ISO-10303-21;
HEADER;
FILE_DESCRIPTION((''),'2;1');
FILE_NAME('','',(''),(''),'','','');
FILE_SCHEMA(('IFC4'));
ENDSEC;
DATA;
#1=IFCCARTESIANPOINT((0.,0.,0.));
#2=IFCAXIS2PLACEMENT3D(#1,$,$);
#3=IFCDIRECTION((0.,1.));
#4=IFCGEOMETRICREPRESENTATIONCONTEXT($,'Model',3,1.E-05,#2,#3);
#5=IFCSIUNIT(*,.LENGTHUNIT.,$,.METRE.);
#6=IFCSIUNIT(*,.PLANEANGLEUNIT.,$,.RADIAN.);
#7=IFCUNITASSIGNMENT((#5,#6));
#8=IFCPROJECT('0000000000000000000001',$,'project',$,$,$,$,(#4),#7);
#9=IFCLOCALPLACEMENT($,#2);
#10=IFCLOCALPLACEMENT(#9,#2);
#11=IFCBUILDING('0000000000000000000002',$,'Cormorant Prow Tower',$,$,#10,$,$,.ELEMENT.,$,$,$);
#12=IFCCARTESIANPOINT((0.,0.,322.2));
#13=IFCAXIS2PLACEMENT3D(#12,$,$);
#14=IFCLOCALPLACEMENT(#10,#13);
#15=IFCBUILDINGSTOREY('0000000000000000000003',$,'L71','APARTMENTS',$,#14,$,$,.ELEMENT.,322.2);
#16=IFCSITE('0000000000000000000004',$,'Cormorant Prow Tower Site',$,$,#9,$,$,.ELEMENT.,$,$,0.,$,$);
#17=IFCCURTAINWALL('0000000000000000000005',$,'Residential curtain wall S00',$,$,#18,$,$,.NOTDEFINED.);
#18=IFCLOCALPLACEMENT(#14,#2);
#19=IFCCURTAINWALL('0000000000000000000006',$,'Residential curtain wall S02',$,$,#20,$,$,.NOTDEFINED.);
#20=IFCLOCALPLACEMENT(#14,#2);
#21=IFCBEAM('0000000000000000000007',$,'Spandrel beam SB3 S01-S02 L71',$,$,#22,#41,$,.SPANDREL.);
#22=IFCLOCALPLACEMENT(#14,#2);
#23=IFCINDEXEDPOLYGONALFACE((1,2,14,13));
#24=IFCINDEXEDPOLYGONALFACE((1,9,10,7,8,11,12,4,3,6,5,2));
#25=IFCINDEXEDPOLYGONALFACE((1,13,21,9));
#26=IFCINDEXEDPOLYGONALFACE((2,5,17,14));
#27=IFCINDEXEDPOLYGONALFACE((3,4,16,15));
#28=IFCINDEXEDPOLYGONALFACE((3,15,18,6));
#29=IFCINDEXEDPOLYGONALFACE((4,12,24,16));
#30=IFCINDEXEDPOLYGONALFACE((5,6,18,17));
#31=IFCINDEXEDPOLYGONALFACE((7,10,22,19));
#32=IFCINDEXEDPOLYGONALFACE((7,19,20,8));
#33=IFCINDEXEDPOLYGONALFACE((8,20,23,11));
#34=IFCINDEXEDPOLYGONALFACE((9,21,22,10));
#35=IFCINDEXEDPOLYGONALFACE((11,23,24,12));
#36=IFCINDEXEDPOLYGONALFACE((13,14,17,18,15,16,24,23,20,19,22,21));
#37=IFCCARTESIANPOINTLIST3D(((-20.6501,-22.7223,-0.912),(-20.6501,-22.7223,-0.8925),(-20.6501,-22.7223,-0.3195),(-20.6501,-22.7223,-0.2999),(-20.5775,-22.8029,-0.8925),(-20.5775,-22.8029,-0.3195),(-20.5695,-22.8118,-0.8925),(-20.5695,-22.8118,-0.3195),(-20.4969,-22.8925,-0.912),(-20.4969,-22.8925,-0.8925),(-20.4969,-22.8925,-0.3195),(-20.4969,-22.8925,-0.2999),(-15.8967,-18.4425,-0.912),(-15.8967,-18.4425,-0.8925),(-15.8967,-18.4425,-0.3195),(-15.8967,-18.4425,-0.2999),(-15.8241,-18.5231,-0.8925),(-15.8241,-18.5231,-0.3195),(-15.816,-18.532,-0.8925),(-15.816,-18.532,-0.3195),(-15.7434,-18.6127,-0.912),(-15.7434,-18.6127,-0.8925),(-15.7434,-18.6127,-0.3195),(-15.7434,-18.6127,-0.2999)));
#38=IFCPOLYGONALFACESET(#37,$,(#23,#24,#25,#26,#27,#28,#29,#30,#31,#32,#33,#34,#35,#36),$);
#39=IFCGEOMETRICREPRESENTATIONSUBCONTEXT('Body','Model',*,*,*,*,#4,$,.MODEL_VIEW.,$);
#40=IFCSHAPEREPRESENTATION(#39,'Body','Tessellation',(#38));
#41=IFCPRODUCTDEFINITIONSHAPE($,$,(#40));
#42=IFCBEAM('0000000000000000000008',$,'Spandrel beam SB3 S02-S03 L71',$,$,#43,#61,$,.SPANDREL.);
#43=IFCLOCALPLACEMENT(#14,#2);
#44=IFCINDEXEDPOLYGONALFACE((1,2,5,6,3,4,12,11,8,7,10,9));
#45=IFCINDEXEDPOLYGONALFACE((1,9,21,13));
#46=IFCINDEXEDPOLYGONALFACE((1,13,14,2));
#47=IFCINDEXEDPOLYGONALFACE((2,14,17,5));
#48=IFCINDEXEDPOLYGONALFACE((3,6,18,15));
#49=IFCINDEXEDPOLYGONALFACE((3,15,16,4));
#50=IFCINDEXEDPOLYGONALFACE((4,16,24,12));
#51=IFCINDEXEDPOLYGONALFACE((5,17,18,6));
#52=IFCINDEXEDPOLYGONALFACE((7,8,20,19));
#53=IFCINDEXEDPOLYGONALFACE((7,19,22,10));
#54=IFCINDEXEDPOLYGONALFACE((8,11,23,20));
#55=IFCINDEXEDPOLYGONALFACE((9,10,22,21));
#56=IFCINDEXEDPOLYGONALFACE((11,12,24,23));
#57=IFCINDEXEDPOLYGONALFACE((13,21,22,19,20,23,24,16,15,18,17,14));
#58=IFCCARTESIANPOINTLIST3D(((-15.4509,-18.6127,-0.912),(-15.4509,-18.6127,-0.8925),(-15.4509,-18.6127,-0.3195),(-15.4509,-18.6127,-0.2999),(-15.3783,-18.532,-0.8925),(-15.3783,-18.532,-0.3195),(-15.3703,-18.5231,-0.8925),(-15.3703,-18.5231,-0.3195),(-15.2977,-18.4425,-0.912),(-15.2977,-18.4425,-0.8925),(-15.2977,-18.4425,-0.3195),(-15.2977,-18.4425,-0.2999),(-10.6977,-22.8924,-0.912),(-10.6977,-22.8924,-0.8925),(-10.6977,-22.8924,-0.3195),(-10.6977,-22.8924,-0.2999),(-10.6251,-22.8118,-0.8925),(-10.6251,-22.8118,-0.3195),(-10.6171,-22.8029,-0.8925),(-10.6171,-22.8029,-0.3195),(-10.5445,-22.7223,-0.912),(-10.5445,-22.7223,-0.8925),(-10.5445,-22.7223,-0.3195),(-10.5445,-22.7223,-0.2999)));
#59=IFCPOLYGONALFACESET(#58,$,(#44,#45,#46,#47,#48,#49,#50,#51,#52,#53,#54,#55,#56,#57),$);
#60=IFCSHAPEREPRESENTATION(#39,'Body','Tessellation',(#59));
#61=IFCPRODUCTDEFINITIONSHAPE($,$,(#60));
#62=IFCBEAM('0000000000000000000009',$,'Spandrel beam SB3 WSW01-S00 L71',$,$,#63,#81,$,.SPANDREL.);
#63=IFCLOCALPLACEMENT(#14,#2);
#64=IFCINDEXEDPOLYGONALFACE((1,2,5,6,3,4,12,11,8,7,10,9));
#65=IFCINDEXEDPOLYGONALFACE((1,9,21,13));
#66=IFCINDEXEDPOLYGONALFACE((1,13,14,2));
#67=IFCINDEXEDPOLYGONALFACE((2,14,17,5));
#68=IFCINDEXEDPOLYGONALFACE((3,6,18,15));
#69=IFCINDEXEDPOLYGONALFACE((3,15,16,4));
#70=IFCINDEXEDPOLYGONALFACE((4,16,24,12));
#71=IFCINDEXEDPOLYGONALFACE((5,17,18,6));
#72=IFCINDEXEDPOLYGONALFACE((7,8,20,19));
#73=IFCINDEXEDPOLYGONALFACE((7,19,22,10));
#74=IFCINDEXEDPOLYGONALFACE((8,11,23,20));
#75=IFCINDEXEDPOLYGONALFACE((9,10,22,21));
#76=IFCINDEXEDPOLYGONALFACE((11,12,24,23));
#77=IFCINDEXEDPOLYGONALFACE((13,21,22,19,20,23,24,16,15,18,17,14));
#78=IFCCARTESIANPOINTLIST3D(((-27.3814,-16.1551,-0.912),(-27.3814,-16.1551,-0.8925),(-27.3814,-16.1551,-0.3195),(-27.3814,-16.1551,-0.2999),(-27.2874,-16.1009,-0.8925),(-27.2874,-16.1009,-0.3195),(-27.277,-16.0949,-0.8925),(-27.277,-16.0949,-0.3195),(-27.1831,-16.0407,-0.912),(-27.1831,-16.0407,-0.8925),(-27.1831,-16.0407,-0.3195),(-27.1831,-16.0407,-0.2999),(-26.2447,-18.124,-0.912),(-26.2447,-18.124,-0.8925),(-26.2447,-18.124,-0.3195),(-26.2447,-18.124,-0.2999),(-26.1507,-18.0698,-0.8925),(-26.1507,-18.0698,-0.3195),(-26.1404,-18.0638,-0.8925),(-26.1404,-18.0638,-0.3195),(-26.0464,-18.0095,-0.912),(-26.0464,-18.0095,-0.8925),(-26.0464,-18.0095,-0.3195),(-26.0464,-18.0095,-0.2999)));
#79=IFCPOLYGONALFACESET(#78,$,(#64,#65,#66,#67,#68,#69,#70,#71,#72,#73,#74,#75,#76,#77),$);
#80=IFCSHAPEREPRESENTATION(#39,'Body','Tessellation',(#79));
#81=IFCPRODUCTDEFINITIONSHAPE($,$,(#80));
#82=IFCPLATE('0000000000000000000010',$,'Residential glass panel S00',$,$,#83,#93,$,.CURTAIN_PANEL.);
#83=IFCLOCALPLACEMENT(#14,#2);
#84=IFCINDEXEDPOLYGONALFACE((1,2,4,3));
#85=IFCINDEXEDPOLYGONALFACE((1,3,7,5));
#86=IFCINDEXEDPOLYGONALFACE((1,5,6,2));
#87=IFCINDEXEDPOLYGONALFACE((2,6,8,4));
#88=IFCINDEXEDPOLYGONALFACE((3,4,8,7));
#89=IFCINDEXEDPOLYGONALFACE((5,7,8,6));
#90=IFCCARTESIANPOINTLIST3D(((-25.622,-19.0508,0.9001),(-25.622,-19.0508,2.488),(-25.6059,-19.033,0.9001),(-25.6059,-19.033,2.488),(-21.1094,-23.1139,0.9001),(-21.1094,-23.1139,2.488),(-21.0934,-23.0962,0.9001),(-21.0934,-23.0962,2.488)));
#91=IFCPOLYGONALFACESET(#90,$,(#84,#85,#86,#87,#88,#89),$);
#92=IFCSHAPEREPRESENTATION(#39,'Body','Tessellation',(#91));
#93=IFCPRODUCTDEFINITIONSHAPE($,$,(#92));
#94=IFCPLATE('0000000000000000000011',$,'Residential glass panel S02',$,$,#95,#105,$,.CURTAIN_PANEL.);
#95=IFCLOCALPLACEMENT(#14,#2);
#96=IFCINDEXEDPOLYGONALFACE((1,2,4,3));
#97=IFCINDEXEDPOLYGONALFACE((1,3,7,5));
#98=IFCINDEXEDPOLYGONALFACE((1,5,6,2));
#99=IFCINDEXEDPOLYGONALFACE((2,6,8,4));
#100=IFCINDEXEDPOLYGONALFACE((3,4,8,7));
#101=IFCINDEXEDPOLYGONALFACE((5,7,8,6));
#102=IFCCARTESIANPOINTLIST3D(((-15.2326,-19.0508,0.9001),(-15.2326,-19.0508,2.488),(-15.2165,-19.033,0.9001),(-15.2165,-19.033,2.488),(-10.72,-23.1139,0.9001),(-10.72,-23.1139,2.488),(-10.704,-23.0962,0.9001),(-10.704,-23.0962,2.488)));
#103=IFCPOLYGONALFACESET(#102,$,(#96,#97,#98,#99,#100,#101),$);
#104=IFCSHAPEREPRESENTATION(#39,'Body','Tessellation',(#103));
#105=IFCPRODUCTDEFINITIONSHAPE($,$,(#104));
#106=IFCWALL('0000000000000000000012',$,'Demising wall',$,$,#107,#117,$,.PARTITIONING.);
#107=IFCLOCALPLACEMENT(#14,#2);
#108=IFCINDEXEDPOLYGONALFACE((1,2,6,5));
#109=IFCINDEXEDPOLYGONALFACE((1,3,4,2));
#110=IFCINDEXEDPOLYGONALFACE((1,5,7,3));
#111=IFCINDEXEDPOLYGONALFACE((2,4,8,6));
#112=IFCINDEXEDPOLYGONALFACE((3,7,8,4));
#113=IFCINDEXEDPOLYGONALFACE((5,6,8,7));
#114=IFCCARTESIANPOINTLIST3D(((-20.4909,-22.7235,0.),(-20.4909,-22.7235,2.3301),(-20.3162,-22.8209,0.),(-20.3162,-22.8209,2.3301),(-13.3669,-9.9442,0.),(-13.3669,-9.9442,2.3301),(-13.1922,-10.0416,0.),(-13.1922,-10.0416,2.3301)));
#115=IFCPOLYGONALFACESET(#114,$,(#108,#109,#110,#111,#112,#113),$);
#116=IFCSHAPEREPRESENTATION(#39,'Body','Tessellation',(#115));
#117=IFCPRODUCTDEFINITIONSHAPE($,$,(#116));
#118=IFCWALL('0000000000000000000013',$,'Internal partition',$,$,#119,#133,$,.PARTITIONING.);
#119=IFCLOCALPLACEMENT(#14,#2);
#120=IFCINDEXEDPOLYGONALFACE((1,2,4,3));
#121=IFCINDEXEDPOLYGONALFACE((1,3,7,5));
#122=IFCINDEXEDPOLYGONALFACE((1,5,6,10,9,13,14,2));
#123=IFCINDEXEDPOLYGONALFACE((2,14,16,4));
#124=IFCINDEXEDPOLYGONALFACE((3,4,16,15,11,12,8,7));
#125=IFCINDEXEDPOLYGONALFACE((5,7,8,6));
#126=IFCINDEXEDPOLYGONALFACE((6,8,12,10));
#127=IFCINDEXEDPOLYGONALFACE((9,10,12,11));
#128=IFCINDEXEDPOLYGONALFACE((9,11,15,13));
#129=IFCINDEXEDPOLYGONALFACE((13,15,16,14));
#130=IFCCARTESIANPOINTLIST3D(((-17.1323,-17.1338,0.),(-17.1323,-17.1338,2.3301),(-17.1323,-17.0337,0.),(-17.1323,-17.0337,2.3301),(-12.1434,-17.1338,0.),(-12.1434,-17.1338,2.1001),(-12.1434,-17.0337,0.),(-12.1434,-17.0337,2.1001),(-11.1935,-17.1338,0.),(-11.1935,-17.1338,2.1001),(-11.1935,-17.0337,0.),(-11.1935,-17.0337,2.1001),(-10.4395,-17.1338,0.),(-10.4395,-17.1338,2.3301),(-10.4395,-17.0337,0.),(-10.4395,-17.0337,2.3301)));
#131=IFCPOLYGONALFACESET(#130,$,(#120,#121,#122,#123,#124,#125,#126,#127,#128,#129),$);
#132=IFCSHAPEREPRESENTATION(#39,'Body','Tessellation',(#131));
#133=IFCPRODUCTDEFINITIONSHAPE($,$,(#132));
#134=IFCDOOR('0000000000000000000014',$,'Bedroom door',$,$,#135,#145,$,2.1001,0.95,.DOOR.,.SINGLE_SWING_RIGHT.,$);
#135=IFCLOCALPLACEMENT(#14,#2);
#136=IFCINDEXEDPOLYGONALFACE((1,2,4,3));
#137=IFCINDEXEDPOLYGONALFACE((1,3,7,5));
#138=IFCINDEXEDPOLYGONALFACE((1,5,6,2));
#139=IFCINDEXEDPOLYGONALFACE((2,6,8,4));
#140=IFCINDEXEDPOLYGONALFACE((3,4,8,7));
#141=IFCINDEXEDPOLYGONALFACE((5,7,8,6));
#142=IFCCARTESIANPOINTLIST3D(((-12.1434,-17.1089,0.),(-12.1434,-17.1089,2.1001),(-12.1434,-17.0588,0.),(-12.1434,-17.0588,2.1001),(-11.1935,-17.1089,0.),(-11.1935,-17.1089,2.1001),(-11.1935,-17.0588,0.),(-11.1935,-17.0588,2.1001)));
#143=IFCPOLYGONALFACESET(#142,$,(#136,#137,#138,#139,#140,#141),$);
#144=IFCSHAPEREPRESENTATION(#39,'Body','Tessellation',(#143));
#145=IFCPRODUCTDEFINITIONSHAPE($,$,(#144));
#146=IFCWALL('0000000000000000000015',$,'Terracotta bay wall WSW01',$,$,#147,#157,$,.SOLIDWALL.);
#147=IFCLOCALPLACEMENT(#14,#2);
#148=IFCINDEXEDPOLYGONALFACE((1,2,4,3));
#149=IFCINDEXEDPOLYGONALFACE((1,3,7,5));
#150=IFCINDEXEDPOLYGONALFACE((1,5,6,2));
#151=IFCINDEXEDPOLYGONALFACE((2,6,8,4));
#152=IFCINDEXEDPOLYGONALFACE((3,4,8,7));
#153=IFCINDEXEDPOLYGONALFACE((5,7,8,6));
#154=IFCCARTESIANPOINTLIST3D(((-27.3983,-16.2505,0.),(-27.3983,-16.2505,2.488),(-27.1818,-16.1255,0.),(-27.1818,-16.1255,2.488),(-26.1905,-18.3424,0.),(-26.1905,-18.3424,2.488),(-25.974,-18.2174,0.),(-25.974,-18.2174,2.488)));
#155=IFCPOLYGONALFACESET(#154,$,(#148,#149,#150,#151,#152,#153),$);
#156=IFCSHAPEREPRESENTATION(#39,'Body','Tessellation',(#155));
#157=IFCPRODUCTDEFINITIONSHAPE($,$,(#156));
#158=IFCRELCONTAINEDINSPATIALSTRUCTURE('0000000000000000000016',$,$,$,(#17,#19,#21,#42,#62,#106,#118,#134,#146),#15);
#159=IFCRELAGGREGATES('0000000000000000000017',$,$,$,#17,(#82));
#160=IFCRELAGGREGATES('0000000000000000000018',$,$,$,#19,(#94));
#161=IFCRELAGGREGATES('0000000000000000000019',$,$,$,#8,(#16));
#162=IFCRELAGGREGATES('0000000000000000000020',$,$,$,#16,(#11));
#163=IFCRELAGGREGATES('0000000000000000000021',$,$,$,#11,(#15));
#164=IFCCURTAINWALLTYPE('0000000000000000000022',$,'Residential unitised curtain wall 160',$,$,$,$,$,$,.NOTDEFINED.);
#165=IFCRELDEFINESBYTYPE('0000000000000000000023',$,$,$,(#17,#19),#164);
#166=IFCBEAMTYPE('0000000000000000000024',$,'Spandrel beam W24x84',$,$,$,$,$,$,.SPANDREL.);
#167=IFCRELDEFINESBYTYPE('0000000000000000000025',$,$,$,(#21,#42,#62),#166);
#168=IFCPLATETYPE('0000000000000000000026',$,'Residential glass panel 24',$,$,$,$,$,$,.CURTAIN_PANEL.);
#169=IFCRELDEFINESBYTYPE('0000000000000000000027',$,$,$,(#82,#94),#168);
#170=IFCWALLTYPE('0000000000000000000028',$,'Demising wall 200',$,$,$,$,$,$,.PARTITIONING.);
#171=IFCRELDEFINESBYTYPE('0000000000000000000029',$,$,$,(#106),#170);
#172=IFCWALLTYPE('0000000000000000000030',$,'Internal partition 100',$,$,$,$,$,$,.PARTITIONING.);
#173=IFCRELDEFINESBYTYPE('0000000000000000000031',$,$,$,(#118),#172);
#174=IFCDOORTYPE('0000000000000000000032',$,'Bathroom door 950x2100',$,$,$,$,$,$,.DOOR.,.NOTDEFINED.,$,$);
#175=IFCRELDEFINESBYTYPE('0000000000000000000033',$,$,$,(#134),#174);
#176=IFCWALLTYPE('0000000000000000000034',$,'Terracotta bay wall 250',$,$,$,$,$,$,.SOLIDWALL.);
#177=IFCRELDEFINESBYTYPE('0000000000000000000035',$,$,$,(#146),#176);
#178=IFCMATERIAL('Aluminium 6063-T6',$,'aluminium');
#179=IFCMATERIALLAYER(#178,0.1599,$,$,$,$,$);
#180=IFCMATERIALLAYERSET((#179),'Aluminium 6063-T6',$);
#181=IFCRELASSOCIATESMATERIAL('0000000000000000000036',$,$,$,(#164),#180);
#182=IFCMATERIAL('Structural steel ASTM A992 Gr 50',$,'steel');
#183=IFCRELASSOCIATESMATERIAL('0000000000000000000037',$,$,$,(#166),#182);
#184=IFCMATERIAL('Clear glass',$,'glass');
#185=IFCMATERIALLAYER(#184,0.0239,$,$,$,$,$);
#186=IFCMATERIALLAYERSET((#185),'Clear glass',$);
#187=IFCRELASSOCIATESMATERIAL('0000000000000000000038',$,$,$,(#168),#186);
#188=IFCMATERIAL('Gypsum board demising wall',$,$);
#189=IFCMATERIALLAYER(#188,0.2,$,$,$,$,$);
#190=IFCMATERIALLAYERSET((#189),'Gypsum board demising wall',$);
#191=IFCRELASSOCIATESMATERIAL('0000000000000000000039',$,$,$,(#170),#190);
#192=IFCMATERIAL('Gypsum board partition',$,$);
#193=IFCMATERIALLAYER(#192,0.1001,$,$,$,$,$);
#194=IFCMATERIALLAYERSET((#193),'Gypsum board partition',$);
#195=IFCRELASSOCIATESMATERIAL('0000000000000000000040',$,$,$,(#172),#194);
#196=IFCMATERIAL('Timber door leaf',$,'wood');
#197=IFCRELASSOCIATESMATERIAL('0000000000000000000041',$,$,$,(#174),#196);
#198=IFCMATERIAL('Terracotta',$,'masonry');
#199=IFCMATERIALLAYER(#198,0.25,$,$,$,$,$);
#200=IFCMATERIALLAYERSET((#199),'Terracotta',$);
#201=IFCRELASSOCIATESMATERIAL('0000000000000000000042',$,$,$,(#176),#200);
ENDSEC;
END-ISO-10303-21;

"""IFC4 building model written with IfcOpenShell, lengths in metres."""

from ifc_helpers import new_model, si_unit, direction, frame, frame_2d, origin, origin_2d, place, context, subcontext, project, spatial, rectangle, i_section, extrude, material, layer, layer_set, material_profile, profile_set, type_object, element, fill, aggregate, save


model = new_model("IFC4")

# Units and contexts
model_context = context("Model", 3, precision=1e-05, world=origin(), true_north=direction((0.0, 1.0)))
body_context = subcontext(model_context, "Body", "Model", "MODEL_VIEW")
ifc_project = project(units=[si_unit("LENGTHUNIT", "METRE"), si_unit("PLANEANGLEUNIT", "RADIAN")], contexts=[model_context])

# Site, building, storey
site_placement = place(None, origin())
site = spatial("IfcSite", under=ifc_project, at=site_placement, Name="Cormorant Prow Tower Site", CompositionType="ELEMENT", RefElevation=0.0)
building_placement = place(site_placement, origin())
building = spatial("IfcBuilding", under=site, at=building_placement, Name="Cormorant Prow Tower", CompositionType="ELEMENT")
storey_placement = place(building_placement, frame((0.0, 0.0, 322.2)))
storey = spatial("IfcBuildingStorey", under=building, at=storey_placement, Name="L71", Description="APARTMENTS", CompositionType="ELEMENT", Elevation=322.2)

# Curtain walls
ifc_material_1 = material(Name="Aluminium 6063-T6", Category="aluminium")
ifc_layer_1 = layer(ifc_material_1, 0.1599)
ifc_layer_set_1 = layer_set([ifc_layer_1], Name="Aluminium 6063-T6")
curtain_wall_type = type_object("IfcCurtainWallType", Name="Residential unitised curtain wall 160", PredefinedType="NOTDEFINED", material=ifc_layer_set_1)
curtain_wall_1_placement = place(storey_placement, origin())
curtain_wall_1 = element("IfcCurtainWall", 1, at=curtain_wall_1_placement, inside=storey, type_object=curtain_wall_type, Name="Residential curtain wall S00", PredefinedType="NOTDEFINED")
curtain_wall_2_placement = place(storey_placement, origin())
curtain_wall_2 = element("IfcCurtainWall", 2, at=curtain_wall_2_placement, inside=storey, type_object=curtain_wall_type, Name="Residential curtain wall S02", PredefinedType="NOTDEFINED")

# Beams
ifc_material_2 = material(Name="Structural steel ASTM A992 Gr 50", Category="steel")
ifc_material_profile_1 = material_profile(ifc_material_2, i_section(OverallWidth=0.229, OverallDepth=0.6121, WebThickness=0.012, FlangeThickness=0.0195, at=origin_2d()), Name="W24x84")
ifc_profile_set_1 = profile_set([ifc_material_profile_1], Name="Structural steel ASTM A992 Gr 50")
beam_type = type_object("IfcBeamType", Name="Spandrel beam W24x84", PredefinedType="SPANDREL", material=ifc_profile_set_1)
beam_1_placement = place(storey_placement, frame((-20.5735, -22.8074, -0.606), z_axis=(0.743161, 0.669112, 0.0), x_axis=(-0.669112, 0.743161, 0.0)))
element("IfcBeam", 3, at=beam_1_placement, inside=storey, type_object=beam_type, Name="Spandrel beam SB3 S01-S02 L71", PredefinedType="SPANDREL", context=body_context, shape_type="SweptSolid", body=[
    extrude(i_section(OverallWidth=0.229, OverallDepth=0.6121, WebThickness=0.012, FlangeThickness=0.0195, at=origin_2d()), origin(), (0.0, 0.0, 1.0), 6.3962),
])
beam_2_placement = place(storey_placement, frame((-15.3743, -18.5276, -0.606), z_axis=(0.743144, -0.669131, 0.0), x_axis=(0.669131, 0.743144, 0.0)))
element("IfcBeam", 4, at=beam_2_placement, inside=storey, type_object=beam_type, Name="Spandrel beam SB3 S02-S03 L71", PredefinedType="SPANDREL", context=body_context, shape_type="SweptSolid", body=[
    extrude(i_section(OverallWidth=0.229, OverallDepth=0.6121, WebThickness=0.012, FlangeThickness=0.0195, at=origin_2d()), origin(), (0.0, 0.0, 1.0), 6.396),
])
beam_3_placement = place(storey_placement, frame((-27.2822, -16.0979, -0.606), z_axis=(0.499973, -0.866041, 0.0), x_axis=(0.866041, 0.499973, 0.0)))
element("IfcBeam", 5, at=beam_3_placement, inside=storey, type_object=beam_type, Name="Spandrel beam SB3 WSW01-S00 L71", PredefinedType="SPANDREL", context=body_context, shape_type="SweptSolid", body=[
    extrude(i_section(OverallWidth=0.229, OverallDepth=0.6121, WebThickness=0.012, FlangeThickness=0.0195, at=origin_2d()), origin(), (0.0, 0.0, 1.0), 2.2734),
])

# Plates
ifc_material_3 = material(Name="Clear glass", Category="glass")
ifc_layer_2 = layer(ifc_material_3, 0.0239)
ifc_layer_set_2 = layer_set([ifc_layer_2], Name="Clear glass")
plate_type = type_object("IfcPlateType", Name="Residential glass panel 24", PredefinedType="CURTAIN_PANEL", material=ifc_layer_set_2)
plate_1_placement = place(storey_placement, frame((-23.3577, -21.0735, 0.9001), z_axis=(0.0, 0.0, 1.0), x_axis=(0.743145, -0.669131, 0.0)))
plate_1 = element("IfcPlate", 6, at=plate_1_placement, type_object=plate_type, Name="Residential glass panel S00", PredefinedType="CURTAIN_PANEL", context=body_context, shape_type="SweptSolid", body=[
    extrude(rectangle(XDim=6.0723, YDim=0.0239, at=origin_2d()), origin(), (0.0, 0.0, 1.0), 1.5879),
])
aggregate(curtain_wall_1, [plate_1])
plate_2_placement = place(storey_placement, frame((-12.9683, -21.0735, 0.9001), z_axis=(0.0, 0.0, 1.0), x_axis=(0.743145, -0.669131, 0.0)))
plate_2 = element("IfcPlate", 7, at=plate_2_placement, type_object=plate_type, Name="Residential glass panel S02", PredefinedType="CURTAIN_PANEL", context=body_context, shape_type="SweptSolid", body=[
    extrude(rectangle(XDim=6.0723, YDim=0.0239, at=origin_2d()), origin(), (0.0, 0.0, 1.0), 1.5879),
])
aggregate(curtain_wall_2, [plate_2])

# Wall
ifc_material_4 = material(Name="Gypsum board demising wall")
ifc_layer_3 = layer(ifc_material_4, 0.2)
ifc_layer_set_3 = layer_set([ifc_layer_3], Name="Gypsum board demising wall")
wall_type_1 = type_object("IfcWallType", Name="Demising wall 200", PredefinedType="PARTITIONING", material=ifc_layer_set_3)
wall_1_placement = place(storey_placement, frame((-20.4036, -22.7722, 0.0), z_axis=(0.0, 0.0, 1.0), x_axis=(0.486918, 0.873448, 0.0)))
element("IfcWall", 8, at=wall_1_placement, inside=storey, type_object=wall_type_1, Name="Demising wall", PredefinedType="PARTITIONING", context=body_context, shape_type="SweptSolid", body=[
    extrude(rectangle(XDim=14.6309, YDim=0.2, at=frame_2d((7.3154, 0.0))), origin(), (0.0, 0.0, 1.0), 2.3301),
])

# Wall, opening, door
ifc_material_5 = material(Name="Gypsum board partition")
ifc_layer_4 = layer(ifc_material_5, 0.1001)
ifc_layer_set_4 = layer_set([ifc_layer_4], Name="Gypsum board partition")
wall_type_2 = type_object("IfcWallType", Name="Internal partition 100", PredefinedType="PARTITIONING", material=ifc_layer_set_4)
wall_2_placement = place(storey_placement, frame((-17.1323, -17.0837, 0.0), z_axis=(0.0, 0.0, 1.0), x_axis=(1.0, 0.0, 0.0)))
wall_2 = element("IfcWall", 9, at=wall_2_placement, inside=storey, type_object=wall_type_2, Name="Internal partition", PredefinedType="PARTITIONING", context=body_context, shape_type="SweptSolid", body=[
    extrude(rectangle(XDim=6.6929, YDim=0.1001, at=frame_2d((3.3464, 0.0))), origin(), (0.0, 0.0, 1.0), 2.3301),
])
opening_1_placement = place(wall_2_placement, frame((4.9888, 0.0, 0.0)))
opening_1 = element("IfcOpeningElement", 10, at=opening_1_placement, cuts=wall_2, PredefinedType="OPENING", context=body_context, shape_type="SweptSolid", body=[
    extrude(rectangle(XDim=0.95, YDim=2.1001, at=frame_2d((0.4751, 1.05))), frame((0.0, 0.0601, 0.0), z_axis=(0.0, -1.0, 0.0), x_axis=(1.0, 0.0, 0.0)), (0.0, 0.0, 1.0), 0.1201),
])
ifc_material_6 = material(Name="Timber door leaf", Category="wood")
door_type_1 = type_object("IfcDoorType", Name="Bathroom door 950x2100", OperationType="NOTDEFINED", PredefinedType="DOOR", material=ifc_material_6)
door_1_placement = place(opening_1_placement, origin())
door_1 = element("IfcDoor", 11, at=door_1_placement, inside=storey, type_object=door_type_1, Name="Bedroom door", OperationType="SINGLE_SWING_RIGHT", OverallHeight=2.1001, OverallWidth=0.95, PredefinedType="DOOR", context=body_context, shape_type="SweptSolid", body=[
    extrude(rectangle(XDim=0.95, YDim=2.1001, at=frame_2d((0.4751, 1.05))), frame((0.0, 0.0249, 0.0), z_axis=(0.0, -1.0, 0.0), x_axis=(1.0, 0.0, 0.0)), (0.0, 0.0, 1.0), 0.05),
])
fill(opening_1, door_1)

# Wall
ifc_material_7 = material(Name="Terracotta", Category="masonry")
ifc_layer_5 = layer(ifc_material_7, 0.25)
ifc_layer_set_5 = layer_set([ifc_layer_5], Name="Terracotta")
wall_type_3 = type_object("IfcWallType", Name="Terracotta bay wall 250", PredefinedType="SOLIDWALL", material=ifc_layer_set_5)
wall_3_placement = place(storey_placement, frame((-27.29, -16.188, 0.0), z_axis=(0.0, 0.0, 1.0), x_axis=(0.50002, -0.866014, 0.0)))
element("IfcWall", 12, at=wall_3_placement, inside=storey, type_object=wall_type_3, Name="Terracotta bay wall WSW01", PredefinedType="SOLIDWALL", context=body_context, shape_type="SweptSolid", body=[
    extrude(rectangle(XDim=2.4155, YDim=0.25, at=frame_2d((1.2078, 0.0))), origin(), (0.0, 0.0, 1.0), 2.488),
])

save(model, "model.ifc")
